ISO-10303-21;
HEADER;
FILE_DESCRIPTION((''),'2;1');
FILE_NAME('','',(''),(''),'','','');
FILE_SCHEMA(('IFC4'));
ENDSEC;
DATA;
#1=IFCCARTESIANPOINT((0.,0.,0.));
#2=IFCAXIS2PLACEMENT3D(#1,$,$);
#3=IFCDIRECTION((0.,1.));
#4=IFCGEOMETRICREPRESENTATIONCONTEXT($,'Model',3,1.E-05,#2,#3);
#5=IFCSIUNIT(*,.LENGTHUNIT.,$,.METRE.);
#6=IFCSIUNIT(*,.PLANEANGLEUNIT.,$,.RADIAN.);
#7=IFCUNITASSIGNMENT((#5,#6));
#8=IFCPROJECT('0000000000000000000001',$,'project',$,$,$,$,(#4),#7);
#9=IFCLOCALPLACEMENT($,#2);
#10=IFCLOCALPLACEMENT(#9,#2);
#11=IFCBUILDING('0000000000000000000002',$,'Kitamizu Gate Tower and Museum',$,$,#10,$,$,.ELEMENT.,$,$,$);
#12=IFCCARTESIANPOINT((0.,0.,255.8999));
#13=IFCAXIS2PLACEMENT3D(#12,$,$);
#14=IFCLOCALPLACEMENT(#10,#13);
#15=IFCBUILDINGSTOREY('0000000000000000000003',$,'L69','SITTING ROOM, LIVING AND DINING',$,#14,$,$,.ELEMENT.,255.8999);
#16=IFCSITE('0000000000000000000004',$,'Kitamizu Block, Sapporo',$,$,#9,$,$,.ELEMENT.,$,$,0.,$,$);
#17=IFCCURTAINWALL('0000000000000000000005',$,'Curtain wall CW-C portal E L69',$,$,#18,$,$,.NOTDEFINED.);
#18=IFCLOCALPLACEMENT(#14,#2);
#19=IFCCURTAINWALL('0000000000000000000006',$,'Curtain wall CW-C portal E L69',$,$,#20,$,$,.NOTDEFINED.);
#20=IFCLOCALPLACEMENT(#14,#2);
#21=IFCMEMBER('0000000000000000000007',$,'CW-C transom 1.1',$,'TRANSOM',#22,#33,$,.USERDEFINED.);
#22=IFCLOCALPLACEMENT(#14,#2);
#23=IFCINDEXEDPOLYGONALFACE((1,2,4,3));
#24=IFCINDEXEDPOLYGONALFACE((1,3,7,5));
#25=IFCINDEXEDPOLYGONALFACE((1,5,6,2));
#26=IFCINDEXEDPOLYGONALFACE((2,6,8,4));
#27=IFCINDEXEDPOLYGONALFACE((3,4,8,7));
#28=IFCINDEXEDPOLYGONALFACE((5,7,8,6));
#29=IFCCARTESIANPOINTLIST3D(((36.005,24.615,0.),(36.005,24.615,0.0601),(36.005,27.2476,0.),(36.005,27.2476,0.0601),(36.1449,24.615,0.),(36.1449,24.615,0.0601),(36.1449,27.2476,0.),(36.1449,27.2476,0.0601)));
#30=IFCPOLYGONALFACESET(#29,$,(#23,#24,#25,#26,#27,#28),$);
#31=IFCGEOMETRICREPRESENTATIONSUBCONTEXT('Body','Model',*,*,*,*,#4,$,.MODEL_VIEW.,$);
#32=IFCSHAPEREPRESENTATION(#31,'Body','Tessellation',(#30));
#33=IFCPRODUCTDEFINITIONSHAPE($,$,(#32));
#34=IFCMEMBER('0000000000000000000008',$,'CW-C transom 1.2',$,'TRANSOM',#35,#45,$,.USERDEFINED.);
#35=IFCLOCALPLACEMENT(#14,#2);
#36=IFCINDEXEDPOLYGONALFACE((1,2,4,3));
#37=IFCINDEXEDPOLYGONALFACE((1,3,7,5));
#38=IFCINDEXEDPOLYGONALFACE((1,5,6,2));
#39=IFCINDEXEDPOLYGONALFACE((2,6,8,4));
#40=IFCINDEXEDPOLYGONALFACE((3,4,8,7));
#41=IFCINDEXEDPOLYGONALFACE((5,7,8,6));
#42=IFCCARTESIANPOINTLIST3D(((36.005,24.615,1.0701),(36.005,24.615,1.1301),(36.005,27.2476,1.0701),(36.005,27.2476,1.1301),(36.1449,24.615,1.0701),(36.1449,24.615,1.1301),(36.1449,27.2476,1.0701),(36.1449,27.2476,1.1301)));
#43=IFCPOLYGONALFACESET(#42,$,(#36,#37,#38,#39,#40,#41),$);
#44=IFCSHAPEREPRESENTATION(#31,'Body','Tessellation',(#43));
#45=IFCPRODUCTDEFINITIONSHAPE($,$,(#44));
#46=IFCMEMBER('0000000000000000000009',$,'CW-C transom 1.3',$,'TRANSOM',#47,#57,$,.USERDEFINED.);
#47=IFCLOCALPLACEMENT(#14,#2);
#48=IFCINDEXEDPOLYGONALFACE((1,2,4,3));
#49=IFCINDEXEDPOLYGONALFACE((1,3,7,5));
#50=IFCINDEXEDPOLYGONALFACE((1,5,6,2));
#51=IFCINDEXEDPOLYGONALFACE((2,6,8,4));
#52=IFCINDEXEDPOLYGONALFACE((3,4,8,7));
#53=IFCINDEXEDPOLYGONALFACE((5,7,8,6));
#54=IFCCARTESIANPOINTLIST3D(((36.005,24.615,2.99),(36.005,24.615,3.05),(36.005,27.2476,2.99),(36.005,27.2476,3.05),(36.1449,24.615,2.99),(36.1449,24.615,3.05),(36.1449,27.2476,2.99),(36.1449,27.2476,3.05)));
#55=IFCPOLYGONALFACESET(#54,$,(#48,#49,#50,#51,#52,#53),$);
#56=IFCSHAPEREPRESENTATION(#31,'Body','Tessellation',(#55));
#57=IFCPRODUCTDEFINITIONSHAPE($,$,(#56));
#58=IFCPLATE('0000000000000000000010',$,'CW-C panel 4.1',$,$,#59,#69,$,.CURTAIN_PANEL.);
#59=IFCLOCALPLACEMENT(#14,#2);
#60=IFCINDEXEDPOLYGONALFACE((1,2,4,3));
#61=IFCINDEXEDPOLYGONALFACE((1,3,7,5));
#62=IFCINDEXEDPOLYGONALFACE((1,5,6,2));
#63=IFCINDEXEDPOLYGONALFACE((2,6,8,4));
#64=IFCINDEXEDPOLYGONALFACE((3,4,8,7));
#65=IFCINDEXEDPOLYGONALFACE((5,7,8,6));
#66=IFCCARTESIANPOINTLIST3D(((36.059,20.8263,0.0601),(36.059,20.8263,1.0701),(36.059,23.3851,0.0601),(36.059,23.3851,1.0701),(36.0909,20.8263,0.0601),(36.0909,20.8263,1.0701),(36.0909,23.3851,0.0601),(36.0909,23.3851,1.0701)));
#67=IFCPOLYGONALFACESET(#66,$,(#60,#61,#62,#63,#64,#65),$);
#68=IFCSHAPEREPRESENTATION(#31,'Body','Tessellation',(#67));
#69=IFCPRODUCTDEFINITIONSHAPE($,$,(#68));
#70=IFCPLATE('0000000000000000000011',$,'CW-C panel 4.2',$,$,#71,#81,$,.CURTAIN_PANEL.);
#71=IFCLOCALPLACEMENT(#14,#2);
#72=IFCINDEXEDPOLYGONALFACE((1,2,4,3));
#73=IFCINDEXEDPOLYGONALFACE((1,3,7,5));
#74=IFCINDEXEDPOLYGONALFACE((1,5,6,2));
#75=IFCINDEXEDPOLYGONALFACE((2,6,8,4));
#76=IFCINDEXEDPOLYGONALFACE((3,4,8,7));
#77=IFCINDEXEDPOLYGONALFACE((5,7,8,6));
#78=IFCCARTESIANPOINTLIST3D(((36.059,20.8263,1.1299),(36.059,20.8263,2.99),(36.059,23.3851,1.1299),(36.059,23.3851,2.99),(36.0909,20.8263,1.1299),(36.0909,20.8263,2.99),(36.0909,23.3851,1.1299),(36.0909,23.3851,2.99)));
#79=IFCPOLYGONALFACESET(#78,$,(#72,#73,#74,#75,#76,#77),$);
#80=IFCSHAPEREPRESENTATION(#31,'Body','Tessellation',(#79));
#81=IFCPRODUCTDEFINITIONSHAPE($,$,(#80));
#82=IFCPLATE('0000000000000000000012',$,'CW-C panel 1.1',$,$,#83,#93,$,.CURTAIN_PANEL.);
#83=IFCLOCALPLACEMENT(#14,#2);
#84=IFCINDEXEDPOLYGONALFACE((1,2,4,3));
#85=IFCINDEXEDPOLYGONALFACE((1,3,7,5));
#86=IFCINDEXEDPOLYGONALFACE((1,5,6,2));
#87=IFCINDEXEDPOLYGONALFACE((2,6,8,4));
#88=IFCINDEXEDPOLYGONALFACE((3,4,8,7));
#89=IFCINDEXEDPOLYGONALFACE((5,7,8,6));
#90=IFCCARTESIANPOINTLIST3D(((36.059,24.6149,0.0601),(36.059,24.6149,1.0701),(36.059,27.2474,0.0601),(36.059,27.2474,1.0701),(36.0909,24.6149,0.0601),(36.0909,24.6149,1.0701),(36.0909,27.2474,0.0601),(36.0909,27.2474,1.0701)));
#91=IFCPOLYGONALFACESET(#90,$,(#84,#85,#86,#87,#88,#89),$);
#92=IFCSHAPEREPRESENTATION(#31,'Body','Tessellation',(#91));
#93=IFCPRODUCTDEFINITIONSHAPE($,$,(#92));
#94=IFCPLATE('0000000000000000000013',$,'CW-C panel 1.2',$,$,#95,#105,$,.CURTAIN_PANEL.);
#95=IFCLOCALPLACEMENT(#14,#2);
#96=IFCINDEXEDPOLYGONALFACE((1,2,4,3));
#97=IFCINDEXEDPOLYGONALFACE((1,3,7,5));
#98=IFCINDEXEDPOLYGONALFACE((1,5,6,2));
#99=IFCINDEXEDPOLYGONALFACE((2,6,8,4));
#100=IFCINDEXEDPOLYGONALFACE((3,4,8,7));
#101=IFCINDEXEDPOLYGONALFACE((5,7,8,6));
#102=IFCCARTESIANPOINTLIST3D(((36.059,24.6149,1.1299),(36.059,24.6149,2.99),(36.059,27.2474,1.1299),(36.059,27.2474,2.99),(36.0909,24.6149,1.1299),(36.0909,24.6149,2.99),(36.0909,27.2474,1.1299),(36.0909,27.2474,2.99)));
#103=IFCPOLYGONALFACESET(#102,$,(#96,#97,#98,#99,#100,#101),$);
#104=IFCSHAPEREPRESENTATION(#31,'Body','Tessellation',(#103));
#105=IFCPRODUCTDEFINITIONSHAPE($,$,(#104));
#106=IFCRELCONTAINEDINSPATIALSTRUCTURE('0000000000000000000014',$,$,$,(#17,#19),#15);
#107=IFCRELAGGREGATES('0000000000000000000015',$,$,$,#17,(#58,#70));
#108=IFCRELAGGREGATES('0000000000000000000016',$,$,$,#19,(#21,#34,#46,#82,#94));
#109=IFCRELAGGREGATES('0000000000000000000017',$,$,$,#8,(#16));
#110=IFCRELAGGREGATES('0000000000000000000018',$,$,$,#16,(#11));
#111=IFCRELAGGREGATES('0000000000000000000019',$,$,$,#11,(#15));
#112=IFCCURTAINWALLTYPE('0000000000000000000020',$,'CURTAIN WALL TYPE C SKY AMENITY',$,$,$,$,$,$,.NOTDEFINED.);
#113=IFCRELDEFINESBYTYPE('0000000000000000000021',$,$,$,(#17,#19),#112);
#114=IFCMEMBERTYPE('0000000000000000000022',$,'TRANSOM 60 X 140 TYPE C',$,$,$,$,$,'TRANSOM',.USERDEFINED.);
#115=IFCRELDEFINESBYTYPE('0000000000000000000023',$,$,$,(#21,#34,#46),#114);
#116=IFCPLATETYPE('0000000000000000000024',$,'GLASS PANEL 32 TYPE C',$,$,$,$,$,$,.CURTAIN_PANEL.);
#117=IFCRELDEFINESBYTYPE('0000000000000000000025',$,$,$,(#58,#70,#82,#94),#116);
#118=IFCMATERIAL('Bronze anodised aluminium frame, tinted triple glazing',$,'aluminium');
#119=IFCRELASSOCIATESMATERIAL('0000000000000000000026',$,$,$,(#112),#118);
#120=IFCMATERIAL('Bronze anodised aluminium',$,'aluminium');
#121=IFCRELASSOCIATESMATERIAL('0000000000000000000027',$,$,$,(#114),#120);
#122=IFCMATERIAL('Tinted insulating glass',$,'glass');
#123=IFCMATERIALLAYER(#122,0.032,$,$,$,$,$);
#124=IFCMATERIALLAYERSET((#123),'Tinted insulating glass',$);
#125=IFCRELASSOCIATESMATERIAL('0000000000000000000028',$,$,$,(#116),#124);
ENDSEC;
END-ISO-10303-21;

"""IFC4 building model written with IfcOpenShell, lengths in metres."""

from ifc_helpers import new_model, si_unit, direction, frame, origin, origin_2d, place, context, subcontext, project, spatial, rectangle, extrude, material, layer, layer_set, material_profile, profile_set, type_object, element, aggregate, save


model = new_model("IFC4")

# Units and contexts
model_context = context("Model", 3, precision=1e-05, world=origin(), true_north=direction((0.0, 1.0)))
body_context = subcontext(model_context, "Body", "Model", "MODEL_VIEW")
ifc_project = project(units=[si_unit("LENGTHUNIT", "METRE"), si_unit("PLANEANGLEUNIT", "RADIAN")], contexts=[model_context])

# Site, building, storey
site_placement = place(None, origin())
site = spatial("IfcSite", under=ifc_project, at=site_placement, Name="Kitamizu Block, Sapporo", CompositionType="ELEMENT", RefElevation=0.0)
building_placement = place(site_placement, origin())
building = spatial("IfcBuilding", under=site, at=building_placement, Name="Kitamizu Gate Tower and Museum", CompositionType="ELEMENT")
storey_placement = place(building_placement, frame((0.0, 0.0, 255.8999)))
storey = spatial("IfcBuildingStorey", under=building, at=storey_placement, Name="L69", Description="SITTING ROOM, LIVING AND DINING", CompositionType="ELEMENT", Elevation=255.8999)

# Curtain wall
ifc_material_1 = material(Name="Bronze anodised aluminium frame, tinted triple glazing", Category="aluminium")
curtain_wall_type = type_object("IfcCurtainWallType", Name="CURTAIN WALL TYPE C SKY AMENITY", PredefinedType="NOTDEFINED", material=ifc_material_1)
curtain_wall_1_placement = place(storey_placement, origin())
curtain_wall_1 = element("IfcCurtainWall", 1, at=curtain_wall_1_placement, inside=storey, type_object=curtain_wall_type, Name="Curtain wall CW-C portal E L69", PredefinedType="NOTDEFINED")

# Curtain wall, members
curtain_wall_2_placement = place(storey_placement, origin())
curtain_wall_2 = element("IfcCurtainWall", 2, at=curtain_wall_2_placement, inside=storey, type_object=curtain_wall_type, Name="Curtain wall CW-C portal E L69", PredefinedType="NOTDEFINED")
ifc_material_2 = material(Name="Bronze anodised aluminium", Category="aluminium")
ifc_material_profile_1 = material_profile(ifc_material_2, rectangle(XDim=0.1399, YDim=0.0601, at=origin_2d()), Name="AL 60X140")
ifc_profile_set_1 = profile_set([ifc_material_profile_1], Name="Bronze anodised aluminium")
member_type_1 = type_object("IfcMemberType", Name="TRANSOM 60 X 140 TYPE C", ElementType="TRANSOM", PredefinedType="USERDEFINED", material=ifc_profile_set_1)
member_1_placement = place(storey_placement, frame((36.075, 24.615, 0.03), z_axis=(0.0, 1.0, 0.0), x_axis=(-1.0, 0.0, 0.0)))
member_1 = element("IfcMember", 3, at=member_1_placement, type_object=member_type_1, Name="CW-C transom 1.1", ObjectType="TRANSOM", PredefinedType="USERDEFINED", context=body_context, shape_type="SweptSolid", body=[
    extrude(rectangle(XDim=0.1399, YDim=0.0601, at=origin_2d()), origin(), (0.0, 0.0, 1.0), 2.6326),
])
member_2_placement = place(storey_placement, frame((36.075, 24.615, 1.1001), z_axis=(0.0, 1.0, 0.0), x_axis=(-1.0, 0.0, 0.0)))
member_2 = element("IfcMember", 4, at=member_2_placement, type_object=member_type_1, Name="CW-C transom 1.2", ObjectType="TRANSOM", PredefinedType="USERDEFINED", context=body_context, shape_type="SweptSolid", body=[
    extrude(rectangle(XDim=0.1399, YDim=0.0601, at=origin_2d()), origin(), (0.0, 0.0, 1.0), 2.6326),
])
member_3_placement = place(storey_placement, frame((36.075, 24.615, 3.02), z_axis=(0.0, 1.0, 0.0), x_axis=(-1.0, 0.0, 0.0)))
member_3 = element("IfcMember", 5, at=member_3_placement, type_object=member_type_1, Name="CW-C transom 1.3", ObjectType="TRANSOM", PredefinedType="USERDEFINED", context=body_context, shape_type="SweptSolid", body=[
    extrude(rectangle(XDim=0.1399, YDim=0.0601, at=origin_2d()), origin(), (0.0, 0.0, 1.0), 2.6326),
])

# Plates
ifc_material_3 = material(Name="Tinted insulating glass", Category="glass")
ifc_layer = layer(ifc_material_3, 0.032)
ifc_layer_set = layer_set([ifc_layer], Name="Tinted insulating glass")
plate_type = type_object("IfcPlateType", Name="GLASS PANEL 32 TYPE C", PredefinedType="CURTAIN_PANEL", material=ifc_layer_set)
plate_1_placement = place(storey_placement, frame((36.075, 22.1057, 0.0601), z_axis=(0.0, 0.0, 1.0), x_axis=(0.0, 1.0, 0.0)))
plate_1 = element("IfcPlate", 6, at=plate_1_placement, type_object=plate_type, Name="CW-C panel 4.1", PredefinedType="CURTAIN_PANEL", context=body_context, shape_type="SweptSolid", body=[
    extrude(rectangle(XDim=2.5588, YDim=0.032, at=origin_2d()), origin(), (0.0, 0.0, 1.0), 1.01),
])
plate_2_placement = place(storey_placement, frame((36.075, 22.1057, 1.1299), z_axis=(0.0, 0.0, 1.0), x_axis=(0.0, 1.0, 0.0)))
plate_2 = element("IfcPlate", 7, at=plate_2_placement, type_object=plate_type, Name="CW-C panel 4.2", PredefinedType="CURTAIN_PANEL", context=body_context, shape_type="SweptSolid", body=[
    extrude(rectangle(XDim=2.5588, YDim=0.032, at=origin_2d()), origin(), (0.0, 0.0, 1.0), 1.8601),
])
aggregate(curtain_wall_1, [plate_1, plate_2])
plate_3_placement = place(storey_placement, frame((36.075, 25.9312, 0.0601), z_axis=(0.0, 0.0, 1.0), x_axis=(0.0, 1.0, 0.0)))
plate_3 = element("IfcPlate", 8, at=plate_3_placement, type_object=plate_type, Name="CW-C panel 1.1", PredefinedType="CURTAIN_PANEL", context=body_context, shape_type="SweptSolid", body=[
    extrude(rectangle(XDim=2.6326, YDim=0.032, at=origin_2d()), origin(), (0.0, 0.0, 1.0), 1.01),
])
plate_4_placement = place(storey_placement, frame((36.075, 25.9312, 1.1299), z_axis=(0.0, 0.0, 1.0), x_axis=(0.0, 1.0, 0.0)))
plate_4 = element("IfcPlate", 9, at=plate_4_placement, type_object=plate_type, Name="CW-C panel 1.2", PredefinedType="CURTAIN_PANEL", context=body_context, shape_type="SweptSolid", body=[
    extrude(rectangle(XDim=2.6326, YDim=0.032, at=origin_2d()), origin(), (0.0, 0.0, 1.0), 1.8601),
])
aggregate(curtain_wall_2, [member_1, member_2, member_3, plate_3, plate_4])

save(model, "model.ifc")
